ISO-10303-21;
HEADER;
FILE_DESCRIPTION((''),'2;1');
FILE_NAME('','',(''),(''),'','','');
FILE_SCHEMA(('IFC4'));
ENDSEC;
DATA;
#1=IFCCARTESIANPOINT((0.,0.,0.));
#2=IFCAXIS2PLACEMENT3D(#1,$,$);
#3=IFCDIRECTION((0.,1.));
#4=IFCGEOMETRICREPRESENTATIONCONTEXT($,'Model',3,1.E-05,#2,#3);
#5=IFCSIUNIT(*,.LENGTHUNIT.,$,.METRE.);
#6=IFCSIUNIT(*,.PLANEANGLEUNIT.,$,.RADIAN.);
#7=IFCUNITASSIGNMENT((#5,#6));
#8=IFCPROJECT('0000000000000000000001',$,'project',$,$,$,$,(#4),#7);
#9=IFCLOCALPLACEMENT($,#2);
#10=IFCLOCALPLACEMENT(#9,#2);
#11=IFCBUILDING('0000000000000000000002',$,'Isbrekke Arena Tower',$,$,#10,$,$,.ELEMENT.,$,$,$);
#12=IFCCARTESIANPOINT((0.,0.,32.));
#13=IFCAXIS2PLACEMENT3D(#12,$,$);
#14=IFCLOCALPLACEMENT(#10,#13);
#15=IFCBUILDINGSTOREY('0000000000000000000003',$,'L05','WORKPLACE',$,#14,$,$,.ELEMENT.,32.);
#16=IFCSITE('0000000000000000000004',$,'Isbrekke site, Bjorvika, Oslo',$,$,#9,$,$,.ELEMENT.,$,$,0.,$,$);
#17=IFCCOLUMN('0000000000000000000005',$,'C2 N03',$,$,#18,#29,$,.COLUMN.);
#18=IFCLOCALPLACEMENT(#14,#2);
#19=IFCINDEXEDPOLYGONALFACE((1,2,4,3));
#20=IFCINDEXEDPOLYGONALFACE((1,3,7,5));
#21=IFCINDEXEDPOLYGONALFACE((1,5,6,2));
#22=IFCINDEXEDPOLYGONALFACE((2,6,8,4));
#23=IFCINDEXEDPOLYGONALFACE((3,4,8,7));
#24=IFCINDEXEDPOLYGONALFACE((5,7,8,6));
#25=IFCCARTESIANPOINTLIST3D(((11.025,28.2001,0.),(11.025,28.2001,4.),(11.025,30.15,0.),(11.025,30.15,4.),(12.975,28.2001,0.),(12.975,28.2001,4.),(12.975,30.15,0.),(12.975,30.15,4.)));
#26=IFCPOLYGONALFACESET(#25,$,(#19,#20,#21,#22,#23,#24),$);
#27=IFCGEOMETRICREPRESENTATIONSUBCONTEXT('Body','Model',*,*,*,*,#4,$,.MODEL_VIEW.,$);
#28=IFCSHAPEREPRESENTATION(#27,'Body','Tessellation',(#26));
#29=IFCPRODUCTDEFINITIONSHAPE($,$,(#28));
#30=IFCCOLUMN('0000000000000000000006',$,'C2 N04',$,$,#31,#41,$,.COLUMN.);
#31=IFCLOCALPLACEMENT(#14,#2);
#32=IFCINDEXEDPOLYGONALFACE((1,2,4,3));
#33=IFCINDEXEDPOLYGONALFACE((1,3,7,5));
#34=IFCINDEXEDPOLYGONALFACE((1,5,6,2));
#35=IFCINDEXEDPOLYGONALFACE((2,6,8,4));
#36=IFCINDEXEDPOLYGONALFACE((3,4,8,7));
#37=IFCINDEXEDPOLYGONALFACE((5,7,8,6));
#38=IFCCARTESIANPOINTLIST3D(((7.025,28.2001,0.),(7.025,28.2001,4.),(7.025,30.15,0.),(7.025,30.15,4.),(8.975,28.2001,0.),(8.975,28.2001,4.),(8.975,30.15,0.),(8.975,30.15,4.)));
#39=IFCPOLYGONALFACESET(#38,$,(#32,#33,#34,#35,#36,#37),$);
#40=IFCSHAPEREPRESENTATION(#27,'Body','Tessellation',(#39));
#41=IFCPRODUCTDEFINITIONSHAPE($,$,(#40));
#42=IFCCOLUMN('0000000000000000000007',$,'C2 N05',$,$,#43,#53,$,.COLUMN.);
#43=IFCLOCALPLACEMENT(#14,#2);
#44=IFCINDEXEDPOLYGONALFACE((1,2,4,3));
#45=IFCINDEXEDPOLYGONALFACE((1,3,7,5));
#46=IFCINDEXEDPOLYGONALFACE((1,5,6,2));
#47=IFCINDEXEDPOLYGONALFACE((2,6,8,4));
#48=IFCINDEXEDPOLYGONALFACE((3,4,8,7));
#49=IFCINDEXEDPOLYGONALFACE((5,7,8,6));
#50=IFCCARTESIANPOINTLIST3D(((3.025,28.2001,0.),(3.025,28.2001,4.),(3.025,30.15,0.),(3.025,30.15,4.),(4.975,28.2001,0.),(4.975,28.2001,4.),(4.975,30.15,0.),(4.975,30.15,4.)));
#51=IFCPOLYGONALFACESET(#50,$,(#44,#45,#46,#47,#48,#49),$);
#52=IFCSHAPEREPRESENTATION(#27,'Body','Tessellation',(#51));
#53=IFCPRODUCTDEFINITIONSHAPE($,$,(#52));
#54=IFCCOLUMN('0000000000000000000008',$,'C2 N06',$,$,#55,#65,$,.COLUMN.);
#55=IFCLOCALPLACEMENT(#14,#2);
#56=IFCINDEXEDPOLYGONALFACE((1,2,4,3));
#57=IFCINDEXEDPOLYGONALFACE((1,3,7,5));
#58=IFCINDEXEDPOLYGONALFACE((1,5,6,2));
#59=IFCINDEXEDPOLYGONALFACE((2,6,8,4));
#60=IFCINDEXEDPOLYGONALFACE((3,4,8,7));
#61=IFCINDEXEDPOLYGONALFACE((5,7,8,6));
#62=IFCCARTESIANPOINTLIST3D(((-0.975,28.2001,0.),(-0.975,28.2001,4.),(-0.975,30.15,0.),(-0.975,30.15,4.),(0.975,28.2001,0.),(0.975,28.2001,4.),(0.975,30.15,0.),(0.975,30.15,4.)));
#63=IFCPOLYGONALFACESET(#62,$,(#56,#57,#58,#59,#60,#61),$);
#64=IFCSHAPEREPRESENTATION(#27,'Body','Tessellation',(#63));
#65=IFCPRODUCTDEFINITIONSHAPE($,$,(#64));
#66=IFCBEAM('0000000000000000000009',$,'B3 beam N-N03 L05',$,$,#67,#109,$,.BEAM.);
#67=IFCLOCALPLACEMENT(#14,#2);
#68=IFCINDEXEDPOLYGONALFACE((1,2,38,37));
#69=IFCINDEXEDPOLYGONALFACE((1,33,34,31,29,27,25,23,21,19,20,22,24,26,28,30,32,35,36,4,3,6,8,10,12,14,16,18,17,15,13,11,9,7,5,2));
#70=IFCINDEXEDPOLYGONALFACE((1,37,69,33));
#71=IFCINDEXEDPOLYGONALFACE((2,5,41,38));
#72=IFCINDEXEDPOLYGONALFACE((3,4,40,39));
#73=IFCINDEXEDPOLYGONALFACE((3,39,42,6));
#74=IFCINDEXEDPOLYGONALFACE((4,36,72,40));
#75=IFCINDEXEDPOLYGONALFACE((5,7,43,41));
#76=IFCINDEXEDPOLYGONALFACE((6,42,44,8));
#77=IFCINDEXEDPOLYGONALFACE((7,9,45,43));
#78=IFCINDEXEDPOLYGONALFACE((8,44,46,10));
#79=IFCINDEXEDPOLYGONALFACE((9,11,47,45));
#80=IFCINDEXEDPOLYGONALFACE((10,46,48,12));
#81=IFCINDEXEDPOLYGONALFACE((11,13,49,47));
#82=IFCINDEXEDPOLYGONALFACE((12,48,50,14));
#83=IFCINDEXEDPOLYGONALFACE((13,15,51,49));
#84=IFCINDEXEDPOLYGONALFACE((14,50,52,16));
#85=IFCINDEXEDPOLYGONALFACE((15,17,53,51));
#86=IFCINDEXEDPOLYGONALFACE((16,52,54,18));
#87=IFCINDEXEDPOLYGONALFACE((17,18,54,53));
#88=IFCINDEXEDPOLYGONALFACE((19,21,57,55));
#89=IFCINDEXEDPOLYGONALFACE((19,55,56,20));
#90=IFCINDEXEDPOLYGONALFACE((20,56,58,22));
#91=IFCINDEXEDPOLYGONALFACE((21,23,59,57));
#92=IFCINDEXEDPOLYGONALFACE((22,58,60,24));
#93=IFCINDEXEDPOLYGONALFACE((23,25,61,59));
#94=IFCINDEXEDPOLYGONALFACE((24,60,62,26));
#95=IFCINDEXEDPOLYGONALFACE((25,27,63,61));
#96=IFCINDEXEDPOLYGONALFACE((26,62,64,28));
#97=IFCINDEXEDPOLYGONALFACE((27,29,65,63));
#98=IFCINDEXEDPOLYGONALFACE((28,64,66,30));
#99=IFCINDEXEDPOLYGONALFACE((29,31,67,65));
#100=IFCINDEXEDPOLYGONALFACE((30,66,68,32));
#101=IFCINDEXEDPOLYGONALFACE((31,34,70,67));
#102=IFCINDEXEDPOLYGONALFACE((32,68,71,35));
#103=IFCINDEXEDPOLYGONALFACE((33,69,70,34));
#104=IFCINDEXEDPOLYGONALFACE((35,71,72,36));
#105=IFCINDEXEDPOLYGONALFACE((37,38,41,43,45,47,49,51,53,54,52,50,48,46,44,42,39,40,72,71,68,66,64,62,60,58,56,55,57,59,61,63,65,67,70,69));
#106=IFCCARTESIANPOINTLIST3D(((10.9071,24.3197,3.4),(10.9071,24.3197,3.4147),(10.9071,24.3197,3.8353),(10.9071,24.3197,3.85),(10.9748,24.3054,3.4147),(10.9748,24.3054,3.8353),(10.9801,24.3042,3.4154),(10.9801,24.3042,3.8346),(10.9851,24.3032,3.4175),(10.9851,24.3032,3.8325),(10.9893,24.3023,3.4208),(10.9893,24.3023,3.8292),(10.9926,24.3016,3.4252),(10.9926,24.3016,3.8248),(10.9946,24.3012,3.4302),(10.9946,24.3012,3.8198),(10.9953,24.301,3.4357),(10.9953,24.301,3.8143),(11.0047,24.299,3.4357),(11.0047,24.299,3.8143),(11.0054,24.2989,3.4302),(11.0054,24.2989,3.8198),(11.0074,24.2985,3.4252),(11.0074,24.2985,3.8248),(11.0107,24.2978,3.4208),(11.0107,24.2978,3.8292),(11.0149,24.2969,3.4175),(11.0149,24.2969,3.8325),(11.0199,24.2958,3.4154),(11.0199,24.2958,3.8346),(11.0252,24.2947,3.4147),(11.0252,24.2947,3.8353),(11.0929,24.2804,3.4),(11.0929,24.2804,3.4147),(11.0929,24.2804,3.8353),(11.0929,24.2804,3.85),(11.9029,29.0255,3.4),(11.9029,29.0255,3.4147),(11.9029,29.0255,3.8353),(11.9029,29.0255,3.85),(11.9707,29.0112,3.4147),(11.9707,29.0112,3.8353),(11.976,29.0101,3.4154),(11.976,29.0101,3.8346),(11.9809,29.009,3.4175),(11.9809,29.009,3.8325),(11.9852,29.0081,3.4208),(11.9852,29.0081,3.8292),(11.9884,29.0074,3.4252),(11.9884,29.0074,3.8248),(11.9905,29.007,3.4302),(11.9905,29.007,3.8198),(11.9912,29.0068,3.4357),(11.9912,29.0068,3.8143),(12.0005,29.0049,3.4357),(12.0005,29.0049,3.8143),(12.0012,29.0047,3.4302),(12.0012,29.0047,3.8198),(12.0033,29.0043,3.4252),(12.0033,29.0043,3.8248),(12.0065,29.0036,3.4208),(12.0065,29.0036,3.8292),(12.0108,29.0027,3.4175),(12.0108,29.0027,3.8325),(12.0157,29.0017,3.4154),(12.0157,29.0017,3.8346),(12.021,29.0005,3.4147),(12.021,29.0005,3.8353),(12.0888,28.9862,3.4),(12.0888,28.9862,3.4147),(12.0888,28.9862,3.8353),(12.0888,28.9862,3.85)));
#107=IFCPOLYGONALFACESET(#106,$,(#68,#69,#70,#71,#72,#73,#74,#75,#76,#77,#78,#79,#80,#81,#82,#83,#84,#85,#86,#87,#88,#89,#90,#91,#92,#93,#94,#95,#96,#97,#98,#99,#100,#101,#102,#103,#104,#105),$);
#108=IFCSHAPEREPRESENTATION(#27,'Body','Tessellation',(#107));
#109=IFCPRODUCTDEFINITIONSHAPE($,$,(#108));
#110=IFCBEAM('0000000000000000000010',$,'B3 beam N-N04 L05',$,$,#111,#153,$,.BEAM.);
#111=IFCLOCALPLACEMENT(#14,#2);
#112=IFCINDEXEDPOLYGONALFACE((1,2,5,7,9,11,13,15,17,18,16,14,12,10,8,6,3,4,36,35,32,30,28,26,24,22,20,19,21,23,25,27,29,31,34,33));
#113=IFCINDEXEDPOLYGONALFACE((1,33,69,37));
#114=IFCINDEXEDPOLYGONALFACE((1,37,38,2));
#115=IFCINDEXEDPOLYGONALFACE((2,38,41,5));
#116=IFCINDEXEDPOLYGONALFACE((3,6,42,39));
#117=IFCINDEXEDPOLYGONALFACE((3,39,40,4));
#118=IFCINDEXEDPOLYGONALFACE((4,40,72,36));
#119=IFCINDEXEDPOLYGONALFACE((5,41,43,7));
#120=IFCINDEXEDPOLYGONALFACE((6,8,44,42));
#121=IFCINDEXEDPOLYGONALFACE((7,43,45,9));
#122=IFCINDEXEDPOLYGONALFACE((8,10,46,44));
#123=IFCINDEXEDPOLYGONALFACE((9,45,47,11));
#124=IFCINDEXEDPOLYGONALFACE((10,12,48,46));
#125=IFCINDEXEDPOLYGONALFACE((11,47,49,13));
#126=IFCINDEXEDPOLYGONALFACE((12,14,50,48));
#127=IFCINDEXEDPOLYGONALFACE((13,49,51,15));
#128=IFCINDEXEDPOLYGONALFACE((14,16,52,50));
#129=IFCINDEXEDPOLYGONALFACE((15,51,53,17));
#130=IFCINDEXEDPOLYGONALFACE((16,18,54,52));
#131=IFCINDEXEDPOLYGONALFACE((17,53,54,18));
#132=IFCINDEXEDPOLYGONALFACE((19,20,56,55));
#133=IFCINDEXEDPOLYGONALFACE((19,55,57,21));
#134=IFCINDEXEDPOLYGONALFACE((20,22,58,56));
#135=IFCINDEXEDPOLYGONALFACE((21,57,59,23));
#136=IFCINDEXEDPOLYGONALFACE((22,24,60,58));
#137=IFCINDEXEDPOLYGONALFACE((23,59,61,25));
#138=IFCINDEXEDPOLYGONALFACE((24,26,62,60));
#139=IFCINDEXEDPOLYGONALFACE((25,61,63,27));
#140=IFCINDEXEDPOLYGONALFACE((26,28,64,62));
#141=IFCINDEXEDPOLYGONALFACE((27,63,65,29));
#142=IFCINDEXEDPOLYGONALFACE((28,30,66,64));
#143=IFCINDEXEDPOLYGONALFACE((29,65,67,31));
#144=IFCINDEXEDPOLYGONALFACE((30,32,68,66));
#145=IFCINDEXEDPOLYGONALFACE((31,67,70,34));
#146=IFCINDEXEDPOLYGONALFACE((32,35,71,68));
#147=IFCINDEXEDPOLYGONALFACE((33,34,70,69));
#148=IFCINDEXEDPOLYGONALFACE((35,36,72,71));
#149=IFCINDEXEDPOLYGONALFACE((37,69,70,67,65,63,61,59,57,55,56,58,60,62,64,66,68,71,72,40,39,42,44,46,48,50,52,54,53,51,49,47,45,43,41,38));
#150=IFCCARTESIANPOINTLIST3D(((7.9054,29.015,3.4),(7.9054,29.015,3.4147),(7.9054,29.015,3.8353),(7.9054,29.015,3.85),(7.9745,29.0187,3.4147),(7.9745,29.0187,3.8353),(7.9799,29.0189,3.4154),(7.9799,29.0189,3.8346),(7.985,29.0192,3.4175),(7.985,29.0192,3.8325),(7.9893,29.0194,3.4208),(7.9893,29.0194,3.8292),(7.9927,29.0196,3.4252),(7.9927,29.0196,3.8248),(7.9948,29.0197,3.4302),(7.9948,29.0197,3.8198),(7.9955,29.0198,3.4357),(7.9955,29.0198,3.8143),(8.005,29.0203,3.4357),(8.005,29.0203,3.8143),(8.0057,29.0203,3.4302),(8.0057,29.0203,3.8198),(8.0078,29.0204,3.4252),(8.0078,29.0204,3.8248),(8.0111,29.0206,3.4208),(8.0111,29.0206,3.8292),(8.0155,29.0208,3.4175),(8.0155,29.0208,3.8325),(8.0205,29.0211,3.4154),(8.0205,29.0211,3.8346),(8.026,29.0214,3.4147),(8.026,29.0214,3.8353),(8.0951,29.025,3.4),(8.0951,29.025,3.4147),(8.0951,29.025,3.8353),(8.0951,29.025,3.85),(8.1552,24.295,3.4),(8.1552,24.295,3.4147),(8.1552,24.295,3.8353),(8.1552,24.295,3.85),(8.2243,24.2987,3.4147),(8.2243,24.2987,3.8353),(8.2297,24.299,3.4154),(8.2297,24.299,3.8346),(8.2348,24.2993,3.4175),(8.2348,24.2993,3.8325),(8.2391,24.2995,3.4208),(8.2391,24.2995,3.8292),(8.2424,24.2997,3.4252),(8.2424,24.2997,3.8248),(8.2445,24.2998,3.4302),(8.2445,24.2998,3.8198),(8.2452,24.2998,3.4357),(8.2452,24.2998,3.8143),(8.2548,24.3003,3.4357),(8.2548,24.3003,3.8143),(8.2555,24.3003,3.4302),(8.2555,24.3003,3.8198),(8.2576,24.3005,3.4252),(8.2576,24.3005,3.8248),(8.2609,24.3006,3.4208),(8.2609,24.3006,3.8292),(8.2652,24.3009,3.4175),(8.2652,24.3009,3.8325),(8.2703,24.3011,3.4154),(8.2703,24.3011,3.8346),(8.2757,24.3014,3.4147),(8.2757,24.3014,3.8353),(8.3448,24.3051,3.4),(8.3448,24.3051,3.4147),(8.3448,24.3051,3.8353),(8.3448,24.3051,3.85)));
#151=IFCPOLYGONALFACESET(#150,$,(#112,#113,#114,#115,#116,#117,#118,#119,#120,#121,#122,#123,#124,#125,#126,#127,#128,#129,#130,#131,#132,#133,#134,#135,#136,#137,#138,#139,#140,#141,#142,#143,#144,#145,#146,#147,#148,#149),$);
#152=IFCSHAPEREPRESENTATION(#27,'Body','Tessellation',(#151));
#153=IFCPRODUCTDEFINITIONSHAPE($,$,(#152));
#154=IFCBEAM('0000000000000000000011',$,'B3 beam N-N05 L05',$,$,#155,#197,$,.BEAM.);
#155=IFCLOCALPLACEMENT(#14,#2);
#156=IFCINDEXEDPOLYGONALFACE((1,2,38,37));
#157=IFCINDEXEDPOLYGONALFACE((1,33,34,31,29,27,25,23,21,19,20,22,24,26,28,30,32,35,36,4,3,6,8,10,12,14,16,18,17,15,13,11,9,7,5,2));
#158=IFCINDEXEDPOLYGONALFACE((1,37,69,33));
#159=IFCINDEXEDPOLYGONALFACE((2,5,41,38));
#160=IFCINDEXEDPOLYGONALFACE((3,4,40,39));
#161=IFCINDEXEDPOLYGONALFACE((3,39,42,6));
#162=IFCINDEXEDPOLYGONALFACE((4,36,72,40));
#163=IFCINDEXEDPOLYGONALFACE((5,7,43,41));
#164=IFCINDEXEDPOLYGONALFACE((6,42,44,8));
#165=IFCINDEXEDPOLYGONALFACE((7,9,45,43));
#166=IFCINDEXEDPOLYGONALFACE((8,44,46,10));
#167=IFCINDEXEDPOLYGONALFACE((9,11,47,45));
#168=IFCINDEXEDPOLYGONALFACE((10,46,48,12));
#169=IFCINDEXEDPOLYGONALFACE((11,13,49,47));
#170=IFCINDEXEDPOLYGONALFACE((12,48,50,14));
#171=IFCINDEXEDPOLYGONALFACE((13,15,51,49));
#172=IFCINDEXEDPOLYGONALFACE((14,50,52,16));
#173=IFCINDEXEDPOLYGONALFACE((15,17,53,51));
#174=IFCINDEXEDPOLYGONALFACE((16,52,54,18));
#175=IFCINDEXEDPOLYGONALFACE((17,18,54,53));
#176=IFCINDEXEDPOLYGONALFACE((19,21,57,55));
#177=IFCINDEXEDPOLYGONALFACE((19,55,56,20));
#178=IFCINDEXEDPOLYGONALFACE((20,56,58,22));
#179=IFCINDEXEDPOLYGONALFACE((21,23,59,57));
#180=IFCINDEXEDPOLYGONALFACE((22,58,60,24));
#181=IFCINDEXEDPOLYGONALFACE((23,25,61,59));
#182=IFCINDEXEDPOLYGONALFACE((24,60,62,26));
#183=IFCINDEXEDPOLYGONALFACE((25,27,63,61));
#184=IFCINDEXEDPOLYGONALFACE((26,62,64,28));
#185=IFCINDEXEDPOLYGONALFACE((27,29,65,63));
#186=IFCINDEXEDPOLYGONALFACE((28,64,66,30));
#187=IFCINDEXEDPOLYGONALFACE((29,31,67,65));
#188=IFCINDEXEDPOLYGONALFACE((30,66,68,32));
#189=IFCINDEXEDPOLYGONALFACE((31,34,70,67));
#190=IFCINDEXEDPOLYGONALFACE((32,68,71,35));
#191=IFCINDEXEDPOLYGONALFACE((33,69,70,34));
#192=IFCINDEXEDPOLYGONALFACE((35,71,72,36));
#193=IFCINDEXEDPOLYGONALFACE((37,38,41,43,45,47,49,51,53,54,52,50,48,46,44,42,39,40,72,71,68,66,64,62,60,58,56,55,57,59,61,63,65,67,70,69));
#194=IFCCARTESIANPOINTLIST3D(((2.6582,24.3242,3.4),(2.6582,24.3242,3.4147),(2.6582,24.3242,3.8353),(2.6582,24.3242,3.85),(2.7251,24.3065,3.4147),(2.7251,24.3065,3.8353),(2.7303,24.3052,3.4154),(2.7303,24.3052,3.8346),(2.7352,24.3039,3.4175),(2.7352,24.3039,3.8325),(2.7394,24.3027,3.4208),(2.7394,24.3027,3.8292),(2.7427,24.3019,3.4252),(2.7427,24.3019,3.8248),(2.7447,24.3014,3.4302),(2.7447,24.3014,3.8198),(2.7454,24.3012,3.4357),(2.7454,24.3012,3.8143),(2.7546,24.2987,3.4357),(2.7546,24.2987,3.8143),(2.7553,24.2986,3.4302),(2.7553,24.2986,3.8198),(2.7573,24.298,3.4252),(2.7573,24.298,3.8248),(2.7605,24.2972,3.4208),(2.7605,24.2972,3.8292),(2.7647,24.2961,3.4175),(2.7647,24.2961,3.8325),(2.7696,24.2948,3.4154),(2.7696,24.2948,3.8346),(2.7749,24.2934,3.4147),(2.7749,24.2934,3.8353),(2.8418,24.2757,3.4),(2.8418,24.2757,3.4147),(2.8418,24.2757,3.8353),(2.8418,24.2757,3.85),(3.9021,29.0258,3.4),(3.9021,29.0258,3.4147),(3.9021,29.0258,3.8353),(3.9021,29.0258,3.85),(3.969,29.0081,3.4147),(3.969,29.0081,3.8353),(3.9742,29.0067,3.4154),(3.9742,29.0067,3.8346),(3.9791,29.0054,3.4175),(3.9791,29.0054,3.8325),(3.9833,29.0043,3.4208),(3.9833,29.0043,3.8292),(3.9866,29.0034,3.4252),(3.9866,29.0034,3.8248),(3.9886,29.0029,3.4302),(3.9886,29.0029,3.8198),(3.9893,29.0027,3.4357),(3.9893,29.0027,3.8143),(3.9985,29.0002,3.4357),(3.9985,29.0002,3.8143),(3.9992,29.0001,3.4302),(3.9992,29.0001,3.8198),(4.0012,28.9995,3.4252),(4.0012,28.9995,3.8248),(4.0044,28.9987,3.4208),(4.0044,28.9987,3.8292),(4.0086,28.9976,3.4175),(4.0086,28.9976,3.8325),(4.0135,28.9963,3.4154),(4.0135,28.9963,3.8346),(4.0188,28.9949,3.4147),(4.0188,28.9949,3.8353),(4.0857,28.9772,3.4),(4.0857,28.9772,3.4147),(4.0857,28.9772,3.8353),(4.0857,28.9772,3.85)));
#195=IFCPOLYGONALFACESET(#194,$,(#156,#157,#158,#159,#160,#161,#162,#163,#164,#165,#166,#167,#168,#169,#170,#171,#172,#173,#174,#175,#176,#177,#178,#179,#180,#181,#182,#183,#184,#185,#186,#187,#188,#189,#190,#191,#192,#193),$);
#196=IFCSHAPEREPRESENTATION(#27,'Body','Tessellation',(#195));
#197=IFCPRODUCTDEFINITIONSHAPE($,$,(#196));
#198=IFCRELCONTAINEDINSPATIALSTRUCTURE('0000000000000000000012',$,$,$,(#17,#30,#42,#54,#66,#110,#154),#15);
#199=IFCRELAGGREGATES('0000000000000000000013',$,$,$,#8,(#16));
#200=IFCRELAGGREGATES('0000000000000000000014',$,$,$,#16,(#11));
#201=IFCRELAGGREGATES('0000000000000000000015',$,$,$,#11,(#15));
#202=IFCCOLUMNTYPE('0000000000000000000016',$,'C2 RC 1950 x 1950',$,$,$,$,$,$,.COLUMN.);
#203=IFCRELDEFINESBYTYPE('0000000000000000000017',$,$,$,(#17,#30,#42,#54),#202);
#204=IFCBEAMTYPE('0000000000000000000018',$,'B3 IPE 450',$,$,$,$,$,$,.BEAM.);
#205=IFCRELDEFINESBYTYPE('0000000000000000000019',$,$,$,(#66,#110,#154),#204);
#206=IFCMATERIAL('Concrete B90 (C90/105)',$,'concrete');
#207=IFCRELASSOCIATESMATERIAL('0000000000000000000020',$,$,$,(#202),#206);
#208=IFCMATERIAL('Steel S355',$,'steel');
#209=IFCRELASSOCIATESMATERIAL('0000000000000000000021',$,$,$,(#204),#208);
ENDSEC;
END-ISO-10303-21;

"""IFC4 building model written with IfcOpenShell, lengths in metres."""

from ifc_helpers import new_model, si_unit, direction, frame, origin, origin_2d, place, context, subcontext, project, spatial, rectangle, i_section, extrude, material, material_profile, profile_set, type_object, element, save


model = new_model("IFC4")

# Units and contexts
model_context = context("Model", 3, precision=1e-05, world=origin(), true_north=direction((0.0, 1.0)))
body_context = subcontext(model_context, "Body", "Model", "MODEL_VIEW")
ifc_project = project(units=[si_unit("LENGTHUNIT", "METRE"), si_unit("PLANEANGLEUNIT", "RADIAN")], contexts=[model_context])

# Site, building, storey
site_placement = place(None, origin())
site = spatial("IfcSite", under=ifc_project, at=site_placement, Name="Isbrekke site, Bjorvika, Oslo", CompositionType="ELEMENT", RefElevation=0.0)
building_placement = place(site_placement, origin())
building = spatial("IfcBuilding", under=site, at=building_placement, Name="Isbrekke Arena Tower", CompositionType="ELEMENT")
storey_placement = place(building_placement, frame((0.0, 0.0, 32.0)))
storey = spatial("IfcBuildingStorey", under=building, at=storey_placement, Name="L05", Description="WORKPLACE", CompositionType="ELEMENT", Elevation=32.0)

# Columns
ifc_material_1 = material(Name="Concrete B90 (C90/105)", Category="concrete")
ifc_material_profile_1 = material_profile(ifc_material_1, rectangle(XDim=1.95, YDim=1.95, at=origin_2d()), Name="RC 1950x1950")
ifc_profile_set_1 = profile_set([ifc_material_profile_1], Name="Concrete B90 (C90/105)")
column_type = type_object("IfcColumnType", Name="C2 RC 1950 x 1950", PredefinedType="COLUMN", material=ifc_profile_set_1)
for number, where, z_axis, x_axis, name in (
    (1, (12.0, 29.175, 0.0), (0.0, 0.0, 1.0), (-1.0, 0.0, 0.0), "C2 N03"),
    (2, (8.0, 29.175, 0.0), (0.0, 0.0, 1.0), (-1.0, 0.0, 0.0), "C2 N04"),
    (3, (4.0, 29.175, 0.0), (0.0, 0.0, 1.0), (-1.0, 0.0, 0.0), "C2 N05"),
    (4, (0.0, 29.175, 0.0), (0.0, 0.0, 1.0), (-1.0, 0.0, 0.0), "C2 N06"),
):
    element("IfcColumn", number, at=place(storey_placement, frame(where, z_axis=z_axis, x_axis=x_axis)), inside=storey, type_object=column_type, Name=name, PredefinedType="COLUMN", context=body_context, shape_type="SweptSolid", body=[
        extrude(rectangle(XDim=1.95, YDim=1.95, at=origin_2d()), origin(), (0.0, 0.0, 1.0), 4.0),
    ])

# Beams
ifc_material_2 = material(Name="Steel S355", Category="steel")
ifc_material_profile_2 = material_profile(ifc_material_2, i_section(OverallWidth=0.1899, OverallDepth=0.45, WebThickness=0.0095, FlangeThickness=0.0146, FilletRadius=0.021, at=origin_2d()), Name="IPE 450")
ifc_profile_set_2 = profile_set([ifc_material_profile_2], Name="Steel S355")
beam_type_1 = type_object("IfcBeamType", Name="B3 IPE 450", PredefinedType="BEAM", material=ifc_profile_set_2)
beam_1_placement = place(storey_placement, frame((11.9958, 29.0059, 3.625), z_axis=(-0.207036, -0.978333, 0.0), x_axis=(0.978333, -0.207036, 0.0)))
element("IfcBeam", 5, at=beam_1_placement, inside=storey, type_object=beam_type_1, Name="B3 beam N-N03 L05", PredefinedType="BEAM", context=body_context, shape_type="SweptSolid", body=[
    extrude(i_section(OverallWidth=0.1899, OverallDepth=0.45, WebThickness=0.0095, FlangeThickness=0.0146, FilletRadius=0.021, at=origin_2d()), origin(), (0.0, 0.0, 1.0), 4.8101),
])
beam_2_placement = place(storey_placement, frame((8.0002, 29.02, 3.625), z_axis=(0.052841, -0.998603, 0.0), x_axis=(0.998603, 0.052841, 0.0)))
element("IfcBeam", 6, at=beam_2_placement, inside=storey, type_object=beam_type_1, Name="B3 beam N-N04 L05", PredefinedType="BEAM", context=body_context, shape_type="SweptSolid", body=[
    extrude(i_section(OverallWidth=0.1899, OverallDepth=0.45, WebThickness=0.0095, FlangeThickness=0.0146, FilletRadius=0.021, at=origin_2d()), origin(), (0.0, 0.0, 1.0), 4.7266),
])
beam_3_placement = place(storey_placement, frame((3.9939, 29.0015, 3.625), z_axis=(-0.255778, -0.966736, 0.0), x_axis=(0.966736, -0.255778, 0.0)))
element("IfcBeam", 7, at=beam_3_placement, inside=storey, type_object=beam_type_1, Name="B3 beam N-N05 L05", PredefinedType="BEAM", context=body_context, shape_type="SweptSolid", body=[
    extrude(i_section(OverallWidth=0.1899, OverallDepth=0.45, WebThickness=0.0095, FlangeThickness=0.0146, FilletRadius=0.021, at=origin_2d()), origin(), (0.0, 0.0, 1.0), 4.8633),
])

save(model, "model.ifc")
